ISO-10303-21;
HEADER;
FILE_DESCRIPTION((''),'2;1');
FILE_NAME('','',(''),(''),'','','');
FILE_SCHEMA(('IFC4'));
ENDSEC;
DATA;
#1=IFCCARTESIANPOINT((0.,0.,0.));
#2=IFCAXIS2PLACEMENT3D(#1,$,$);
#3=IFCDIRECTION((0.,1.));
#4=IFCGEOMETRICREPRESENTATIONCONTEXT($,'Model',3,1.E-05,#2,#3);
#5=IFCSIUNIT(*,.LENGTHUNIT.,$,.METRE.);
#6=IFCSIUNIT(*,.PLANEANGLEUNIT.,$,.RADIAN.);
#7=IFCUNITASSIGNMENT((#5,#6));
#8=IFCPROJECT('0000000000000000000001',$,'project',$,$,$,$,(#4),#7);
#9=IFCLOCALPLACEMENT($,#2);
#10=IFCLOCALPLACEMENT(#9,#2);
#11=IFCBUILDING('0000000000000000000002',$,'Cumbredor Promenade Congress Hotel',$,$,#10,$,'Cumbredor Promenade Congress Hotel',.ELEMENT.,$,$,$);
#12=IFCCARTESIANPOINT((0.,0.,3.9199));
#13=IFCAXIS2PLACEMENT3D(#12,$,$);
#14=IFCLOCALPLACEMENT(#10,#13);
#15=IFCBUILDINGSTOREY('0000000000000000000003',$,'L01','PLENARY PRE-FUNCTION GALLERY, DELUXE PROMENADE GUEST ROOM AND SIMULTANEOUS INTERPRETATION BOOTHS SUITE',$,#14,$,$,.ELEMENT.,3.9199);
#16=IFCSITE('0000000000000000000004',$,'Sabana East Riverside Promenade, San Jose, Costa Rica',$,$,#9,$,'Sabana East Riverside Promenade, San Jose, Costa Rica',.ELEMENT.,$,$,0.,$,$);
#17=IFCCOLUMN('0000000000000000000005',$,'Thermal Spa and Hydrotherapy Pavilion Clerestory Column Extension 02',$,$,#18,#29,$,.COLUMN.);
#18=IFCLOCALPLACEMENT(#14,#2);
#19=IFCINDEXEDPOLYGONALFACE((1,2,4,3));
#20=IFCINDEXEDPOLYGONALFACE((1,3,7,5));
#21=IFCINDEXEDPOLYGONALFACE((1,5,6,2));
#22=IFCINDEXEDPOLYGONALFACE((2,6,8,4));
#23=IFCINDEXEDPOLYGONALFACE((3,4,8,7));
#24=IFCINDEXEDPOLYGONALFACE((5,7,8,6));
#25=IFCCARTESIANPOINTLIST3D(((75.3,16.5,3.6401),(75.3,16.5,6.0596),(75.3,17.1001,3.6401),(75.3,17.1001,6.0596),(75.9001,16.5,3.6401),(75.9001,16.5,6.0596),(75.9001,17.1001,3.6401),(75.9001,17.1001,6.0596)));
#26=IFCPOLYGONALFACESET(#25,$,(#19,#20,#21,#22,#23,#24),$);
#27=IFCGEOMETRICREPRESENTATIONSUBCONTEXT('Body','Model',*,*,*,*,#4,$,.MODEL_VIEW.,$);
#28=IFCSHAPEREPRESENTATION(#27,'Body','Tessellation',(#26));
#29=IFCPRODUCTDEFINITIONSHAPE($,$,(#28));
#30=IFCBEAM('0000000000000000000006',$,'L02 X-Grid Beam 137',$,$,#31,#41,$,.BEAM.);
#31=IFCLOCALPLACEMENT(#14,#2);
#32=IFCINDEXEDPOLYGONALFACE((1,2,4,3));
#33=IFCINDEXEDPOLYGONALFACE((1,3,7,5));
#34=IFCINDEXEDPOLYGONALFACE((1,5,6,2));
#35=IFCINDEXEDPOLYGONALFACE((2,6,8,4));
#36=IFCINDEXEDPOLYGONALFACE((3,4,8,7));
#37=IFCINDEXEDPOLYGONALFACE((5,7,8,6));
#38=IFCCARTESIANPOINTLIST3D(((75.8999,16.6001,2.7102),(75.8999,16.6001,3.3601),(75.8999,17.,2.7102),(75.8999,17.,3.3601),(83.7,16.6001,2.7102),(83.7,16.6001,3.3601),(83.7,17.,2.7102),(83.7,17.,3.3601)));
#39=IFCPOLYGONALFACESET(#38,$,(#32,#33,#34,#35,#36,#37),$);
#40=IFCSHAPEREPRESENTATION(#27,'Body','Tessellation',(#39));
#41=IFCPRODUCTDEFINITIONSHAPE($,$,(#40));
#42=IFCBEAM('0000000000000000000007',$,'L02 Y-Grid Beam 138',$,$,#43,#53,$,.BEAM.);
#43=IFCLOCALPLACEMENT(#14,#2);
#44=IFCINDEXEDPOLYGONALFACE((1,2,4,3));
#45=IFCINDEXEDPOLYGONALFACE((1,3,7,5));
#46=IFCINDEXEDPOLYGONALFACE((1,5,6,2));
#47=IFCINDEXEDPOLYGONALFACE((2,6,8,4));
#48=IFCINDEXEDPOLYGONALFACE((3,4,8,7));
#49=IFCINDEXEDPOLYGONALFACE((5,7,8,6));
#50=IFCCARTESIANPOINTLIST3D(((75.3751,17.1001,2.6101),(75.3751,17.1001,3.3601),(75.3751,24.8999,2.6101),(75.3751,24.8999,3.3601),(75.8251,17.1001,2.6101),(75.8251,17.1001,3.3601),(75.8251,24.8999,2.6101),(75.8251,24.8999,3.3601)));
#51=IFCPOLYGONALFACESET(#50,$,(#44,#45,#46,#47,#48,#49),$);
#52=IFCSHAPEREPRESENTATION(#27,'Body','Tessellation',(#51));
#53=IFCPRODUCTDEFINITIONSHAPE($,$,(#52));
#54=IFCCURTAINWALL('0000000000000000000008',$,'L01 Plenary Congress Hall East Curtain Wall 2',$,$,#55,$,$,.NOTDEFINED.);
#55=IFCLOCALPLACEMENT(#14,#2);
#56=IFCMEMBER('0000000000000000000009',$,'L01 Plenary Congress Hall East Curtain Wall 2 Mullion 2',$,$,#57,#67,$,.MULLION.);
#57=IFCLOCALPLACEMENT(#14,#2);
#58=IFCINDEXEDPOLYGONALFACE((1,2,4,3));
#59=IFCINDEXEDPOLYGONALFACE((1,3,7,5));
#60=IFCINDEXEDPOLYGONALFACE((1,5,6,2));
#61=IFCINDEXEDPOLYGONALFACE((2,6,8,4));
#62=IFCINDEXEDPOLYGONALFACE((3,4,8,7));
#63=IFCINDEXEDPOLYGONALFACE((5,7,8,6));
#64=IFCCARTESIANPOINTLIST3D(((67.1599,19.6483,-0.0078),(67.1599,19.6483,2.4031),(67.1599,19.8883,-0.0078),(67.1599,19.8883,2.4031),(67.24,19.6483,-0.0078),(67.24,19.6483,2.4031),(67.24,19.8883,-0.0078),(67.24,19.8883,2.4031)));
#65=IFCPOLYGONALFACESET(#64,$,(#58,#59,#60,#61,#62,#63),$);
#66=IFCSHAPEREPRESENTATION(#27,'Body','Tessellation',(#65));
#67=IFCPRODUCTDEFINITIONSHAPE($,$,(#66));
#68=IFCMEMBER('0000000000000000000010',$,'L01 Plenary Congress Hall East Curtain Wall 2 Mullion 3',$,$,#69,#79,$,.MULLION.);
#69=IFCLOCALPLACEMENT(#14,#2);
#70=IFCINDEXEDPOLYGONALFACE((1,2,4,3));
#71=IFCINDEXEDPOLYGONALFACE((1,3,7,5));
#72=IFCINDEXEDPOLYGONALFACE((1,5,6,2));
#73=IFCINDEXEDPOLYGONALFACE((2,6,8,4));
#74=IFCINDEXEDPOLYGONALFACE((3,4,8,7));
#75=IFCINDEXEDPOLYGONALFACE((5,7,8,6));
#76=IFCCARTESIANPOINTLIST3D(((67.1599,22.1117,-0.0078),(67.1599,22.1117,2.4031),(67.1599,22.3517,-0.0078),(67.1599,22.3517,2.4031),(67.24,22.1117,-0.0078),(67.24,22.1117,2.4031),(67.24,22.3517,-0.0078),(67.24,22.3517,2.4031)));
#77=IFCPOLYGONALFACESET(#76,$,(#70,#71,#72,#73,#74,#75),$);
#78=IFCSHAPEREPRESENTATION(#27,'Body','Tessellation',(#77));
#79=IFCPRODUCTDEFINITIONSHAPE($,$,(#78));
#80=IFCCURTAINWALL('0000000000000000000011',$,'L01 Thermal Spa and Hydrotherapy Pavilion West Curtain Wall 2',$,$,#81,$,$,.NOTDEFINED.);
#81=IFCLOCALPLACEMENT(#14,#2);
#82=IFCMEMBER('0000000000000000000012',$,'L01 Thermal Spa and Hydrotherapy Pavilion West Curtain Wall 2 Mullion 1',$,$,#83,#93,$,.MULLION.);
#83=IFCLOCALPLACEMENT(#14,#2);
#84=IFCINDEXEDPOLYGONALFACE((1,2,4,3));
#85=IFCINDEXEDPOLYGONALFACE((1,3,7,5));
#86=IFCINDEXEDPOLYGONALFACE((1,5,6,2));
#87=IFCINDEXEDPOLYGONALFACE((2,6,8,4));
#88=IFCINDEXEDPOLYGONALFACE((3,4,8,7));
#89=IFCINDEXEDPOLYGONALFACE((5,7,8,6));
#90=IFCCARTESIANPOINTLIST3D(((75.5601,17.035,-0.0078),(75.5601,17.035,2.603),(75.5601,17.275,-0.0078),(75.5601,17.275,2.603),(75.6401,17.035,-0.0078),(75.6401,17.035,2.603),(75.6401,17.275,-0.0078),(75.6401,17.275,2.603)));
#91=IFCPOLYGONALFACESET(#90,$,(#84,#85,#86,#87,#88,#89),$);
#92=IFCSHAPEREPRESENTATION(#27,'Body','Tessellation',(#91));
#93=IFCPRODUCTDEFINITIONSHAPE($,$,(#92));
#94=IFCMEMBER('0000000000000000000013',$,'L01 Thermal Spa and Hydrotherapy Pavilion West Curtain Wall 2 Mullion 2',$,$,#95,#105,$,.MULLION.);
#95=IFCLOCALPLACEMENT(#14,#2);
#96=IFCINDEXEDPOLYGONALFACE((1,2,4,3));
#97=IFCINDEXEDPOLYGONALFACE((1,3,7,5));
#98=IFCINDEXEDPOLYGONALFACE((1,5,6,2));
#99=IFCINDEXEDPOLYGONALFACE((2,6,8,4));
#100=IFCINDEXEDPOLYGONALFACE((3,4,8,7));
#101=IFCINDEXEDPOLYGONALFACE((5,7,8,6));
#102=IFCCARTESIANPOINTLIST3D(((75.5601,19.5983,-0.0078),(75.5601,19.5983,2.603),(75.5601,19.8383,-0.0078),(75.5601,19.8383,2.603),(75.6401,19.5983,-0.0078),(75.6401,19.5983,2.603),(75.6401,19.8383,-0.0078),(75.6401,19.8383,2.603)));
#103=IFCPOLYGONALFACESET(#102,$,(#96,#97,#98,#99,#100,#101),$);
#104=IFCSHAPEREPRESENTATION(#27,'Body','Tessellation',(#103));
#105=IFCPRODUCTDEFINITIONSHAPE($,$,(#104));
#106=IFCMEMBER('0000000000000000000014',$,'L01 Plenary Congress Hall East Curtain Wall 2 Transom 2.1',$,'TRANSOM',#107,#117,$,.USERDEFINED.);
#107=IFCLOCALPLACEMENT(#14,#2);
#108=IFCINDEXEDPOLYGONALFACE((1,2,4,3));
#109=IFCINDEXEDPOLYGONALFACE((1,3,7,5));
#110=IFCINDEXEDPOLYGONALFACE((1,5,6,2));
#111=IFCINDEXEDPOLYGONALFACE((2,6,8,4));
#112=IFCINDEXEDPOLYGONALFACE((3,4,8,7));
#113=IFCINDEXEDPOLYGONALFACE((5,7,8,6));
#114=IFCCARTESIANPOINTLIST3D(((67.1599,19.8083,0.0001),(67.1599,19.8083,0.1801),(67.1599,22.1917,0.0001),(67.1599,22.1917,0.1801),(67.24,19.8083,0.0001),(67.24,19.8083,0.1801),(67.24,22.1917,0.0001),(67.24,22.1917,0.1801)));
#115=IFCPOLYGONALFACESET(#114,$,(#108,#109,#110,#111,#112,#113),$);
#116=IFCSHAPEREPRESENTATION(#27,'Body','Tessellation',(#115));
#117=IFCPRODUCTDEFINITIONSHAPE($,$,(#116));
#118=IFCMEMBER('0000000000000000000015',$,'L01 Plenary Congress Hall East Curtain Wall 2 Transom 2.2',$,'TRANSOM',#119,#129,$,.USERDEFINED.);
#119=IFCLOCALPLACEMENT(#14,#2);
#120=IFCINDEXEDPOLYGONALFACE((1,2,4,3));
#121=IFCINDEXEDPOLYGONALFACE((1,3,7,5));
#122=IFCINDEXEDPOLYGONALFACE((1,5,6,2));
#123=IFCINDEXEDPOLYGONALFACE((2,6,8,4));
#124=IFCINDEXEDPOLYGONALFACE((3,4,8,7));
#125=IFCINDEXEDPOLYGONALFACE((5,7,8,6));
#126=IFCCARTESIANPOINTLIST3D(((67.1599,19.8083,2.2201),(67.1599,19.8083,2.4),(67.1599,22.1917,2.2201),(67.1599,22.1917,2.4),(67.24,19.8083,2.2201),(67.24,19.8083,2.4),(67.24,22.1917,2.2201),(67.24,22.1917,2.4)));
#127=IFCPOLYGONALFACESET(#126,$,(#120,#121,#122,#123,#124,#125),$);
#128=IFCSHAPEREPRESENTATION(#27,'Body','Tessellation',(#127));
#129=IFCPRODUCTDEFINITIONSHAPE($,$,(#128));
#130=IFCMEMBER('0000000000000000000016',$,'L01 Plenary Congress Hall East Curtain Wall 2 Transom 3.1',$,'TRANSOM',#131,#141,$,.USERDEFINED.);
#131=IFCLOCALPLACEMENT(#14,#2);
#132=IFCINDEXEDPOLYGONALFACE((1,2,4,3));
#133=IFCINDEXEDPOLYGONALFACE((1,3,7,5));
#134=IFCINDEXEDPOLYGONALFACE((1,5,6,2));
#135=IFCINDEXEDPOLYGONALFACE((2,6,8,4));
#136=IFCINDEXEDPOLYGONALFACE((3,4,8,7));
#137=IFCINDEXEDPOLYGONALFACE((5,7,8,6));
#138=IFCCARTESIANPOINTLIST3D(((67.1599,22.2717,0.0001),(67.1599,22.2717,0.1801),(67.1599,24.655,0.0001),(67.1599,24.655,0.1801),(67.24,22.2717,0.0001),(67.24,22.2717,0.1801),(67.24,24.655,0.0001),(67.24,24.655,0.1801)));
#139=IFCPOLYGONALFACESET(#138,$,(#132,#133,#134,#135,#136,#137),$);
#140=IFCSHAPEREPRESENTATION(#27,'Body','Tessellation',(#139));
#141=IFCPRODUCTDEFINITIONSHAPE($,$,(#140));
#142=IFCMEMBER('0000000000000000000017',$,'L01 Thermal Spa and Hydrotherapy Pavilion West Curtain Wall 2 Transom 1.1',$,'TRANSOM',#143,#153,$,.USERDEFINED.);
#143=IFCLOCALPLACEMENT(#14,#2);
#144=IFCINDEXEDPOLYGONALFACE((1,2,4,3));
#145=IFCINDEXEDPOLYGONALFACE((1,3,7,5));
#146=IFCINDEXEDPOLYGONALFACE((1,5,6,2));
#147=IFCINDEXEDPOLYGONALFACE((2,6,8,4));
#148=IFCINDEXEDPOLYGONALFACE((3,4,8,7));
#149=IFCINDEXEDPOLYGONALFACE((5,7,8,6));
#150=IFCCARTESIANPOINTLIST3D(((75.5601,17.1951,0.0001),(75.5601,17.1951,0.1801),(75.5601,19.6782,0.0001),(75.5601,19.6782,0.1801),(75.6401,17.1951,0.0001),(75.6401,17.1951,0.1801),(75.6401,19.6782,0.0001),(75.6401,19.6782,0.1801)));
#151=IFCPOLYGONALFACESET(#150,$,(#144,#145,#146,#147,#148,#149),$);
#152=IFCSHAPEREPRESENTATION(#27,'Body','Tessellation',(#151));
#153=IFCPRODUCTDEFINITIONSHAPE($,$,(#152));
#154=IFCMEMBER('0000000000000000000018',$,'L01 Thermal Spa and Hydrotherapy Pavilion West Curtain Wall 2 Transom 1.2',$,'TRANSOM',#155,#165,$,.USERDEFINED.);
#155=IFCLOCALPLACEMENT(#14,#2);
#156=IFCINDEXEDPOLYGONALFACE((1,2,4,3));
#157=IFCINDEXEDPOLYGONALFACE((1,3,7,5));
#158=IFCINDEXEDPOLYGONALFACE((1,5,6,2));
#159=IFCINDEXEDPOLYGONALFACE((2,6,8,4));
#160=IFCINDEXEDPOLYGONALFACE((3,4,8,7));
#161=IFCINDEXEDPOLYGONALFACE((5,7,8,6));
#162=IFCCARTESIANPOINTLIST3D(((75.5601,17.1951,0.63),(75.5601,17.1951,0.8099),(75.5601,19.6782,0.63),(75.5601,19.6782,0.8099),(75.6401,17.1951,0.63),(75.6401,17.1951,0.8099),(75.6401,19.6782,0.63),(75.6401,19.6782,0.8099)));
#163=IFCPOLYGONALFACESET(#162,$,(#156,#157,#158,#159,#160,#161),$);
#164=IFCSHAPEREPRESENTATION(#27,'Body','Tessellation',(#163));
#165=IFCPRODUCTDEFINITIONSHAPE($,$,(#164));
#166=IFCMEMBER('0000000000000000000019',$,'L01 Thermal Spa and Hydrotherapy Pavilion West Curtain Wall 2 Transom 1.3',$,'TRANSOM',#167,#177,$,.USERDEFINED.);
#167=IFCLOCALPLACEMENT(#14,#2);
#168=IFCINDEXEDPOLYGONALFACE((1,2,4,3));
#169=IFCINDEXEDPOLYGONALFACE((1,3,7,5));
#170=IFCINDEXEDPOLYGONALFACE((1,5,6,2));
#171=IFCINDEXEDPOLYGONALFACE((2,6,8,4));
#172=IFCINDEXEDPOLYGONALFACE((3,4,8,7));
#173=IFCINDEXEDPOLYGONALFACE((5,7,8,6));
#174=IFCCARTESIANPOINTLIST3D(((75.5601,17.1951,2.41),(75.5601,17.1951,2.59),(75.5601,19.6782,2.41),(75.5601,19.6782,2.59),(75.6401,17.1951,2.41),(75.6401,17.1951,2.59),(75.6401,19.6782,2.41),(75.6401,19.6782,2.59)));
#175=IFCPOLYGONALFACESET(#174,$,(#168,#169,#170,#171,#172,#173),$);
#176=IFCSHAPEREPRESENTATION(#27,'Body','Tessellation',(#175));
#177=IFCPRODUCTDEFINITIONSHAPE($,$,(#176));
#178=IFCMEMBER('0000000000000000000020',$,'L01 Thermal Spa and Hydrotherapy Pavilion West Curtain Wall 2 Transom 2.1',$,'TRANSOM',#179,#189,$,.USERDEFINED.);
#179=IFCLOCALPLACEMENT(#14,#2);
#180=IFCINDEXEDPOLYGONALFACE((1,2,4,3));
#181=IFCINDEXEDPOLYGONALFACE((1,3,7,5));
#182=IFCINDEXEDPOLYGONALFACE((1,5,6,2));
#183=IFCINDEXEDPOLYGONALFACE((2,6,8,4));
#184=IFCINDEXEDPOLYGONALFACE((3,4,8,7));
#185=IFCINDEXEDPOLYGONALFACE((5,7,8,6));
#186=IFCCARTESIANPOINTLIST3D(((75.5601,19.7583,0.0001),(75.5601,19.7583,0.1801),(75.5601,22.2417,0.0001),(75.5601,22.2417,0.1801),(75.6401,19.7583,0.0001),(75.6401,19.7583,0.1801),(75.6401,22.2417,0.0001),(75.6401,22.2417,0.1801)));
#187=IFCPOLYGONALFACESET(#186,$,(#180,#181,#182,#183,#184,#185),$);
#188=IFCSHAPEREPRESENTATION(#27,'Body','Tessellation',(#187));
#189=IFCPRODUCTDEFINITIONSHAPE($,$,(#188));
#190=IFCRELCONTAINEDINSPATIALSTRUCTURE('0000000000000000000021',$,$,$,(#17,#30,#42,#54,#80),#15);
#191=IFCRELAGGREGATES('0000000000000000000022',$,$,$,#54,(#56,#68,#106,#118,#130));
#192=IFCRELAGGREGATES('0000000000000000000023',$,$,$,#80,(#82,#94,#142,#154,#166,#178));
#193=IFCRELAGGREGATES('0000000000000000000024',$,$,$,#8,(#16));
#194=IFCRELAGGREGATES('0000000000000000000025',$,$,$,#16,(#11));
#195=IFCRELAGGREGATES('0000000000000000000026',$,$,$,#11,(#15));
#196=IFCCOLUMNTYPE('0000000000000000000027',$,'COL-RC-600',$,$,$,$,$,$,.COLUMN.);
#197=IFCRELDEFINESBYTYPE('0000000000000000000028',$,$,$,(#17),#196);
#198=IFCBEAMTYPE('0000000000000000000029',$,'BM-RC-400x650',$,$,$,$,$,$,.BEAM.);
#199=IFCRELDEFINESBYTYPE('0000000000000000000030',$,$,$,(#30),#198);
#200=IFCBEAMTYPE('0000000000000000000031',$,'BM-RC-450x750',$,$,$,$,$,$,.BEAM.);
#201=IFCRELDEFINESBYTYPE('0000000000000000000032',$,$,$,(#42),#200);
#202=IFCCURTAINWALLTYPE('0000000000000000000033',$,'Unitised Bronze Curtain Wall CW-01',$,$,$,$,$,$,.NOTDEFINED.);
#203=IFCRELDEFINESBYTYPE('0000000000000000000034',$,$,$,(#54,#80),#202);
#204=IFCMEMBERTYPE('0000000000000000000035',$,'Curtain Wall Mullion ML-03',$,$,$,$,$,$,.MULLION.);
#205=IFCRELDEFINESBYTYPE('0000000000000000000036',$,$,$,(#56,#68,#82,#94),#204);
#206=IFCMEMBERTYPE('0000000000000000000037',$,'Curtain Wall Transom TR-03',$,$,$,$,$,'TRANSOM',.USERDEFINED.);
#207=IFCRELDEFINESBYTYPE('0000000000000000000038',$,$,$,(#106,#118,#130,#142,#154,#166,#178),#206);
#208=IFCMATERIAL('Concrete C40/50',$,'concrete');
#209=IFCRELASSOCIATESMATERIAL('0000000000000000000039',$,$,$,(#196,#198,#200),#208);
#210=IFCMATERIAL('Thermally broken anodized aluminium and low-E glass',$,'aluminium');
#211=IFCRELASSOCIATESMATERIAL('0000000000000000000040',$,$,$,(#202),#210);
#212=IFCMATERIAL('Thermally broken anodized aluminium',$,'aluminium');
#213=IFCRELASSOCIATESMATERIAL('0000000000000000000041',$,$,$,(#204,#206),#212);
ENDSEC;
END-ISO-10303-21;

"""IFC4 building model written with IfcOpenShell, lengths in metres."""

from ifc_helpers import new_model, si_unit, direction, frame, origin, origin_2d, place, context, subcontext, project, spatial, rectangle, extrude, material, material_profile, profile_set, type_object, element, aggregate, save


model = new_model("IFC4")

# Units and contexts
model_context = context("Model", 3, precision=1e-05, world=origin(), true_north=direction((0.0, 1.0)))
body_context = subcontext(model_context, "Body", "Model", "MODEL_VIEW")
ifc_project = project(units=[si_unit("LENGTHUNIT", "METRE"), si_unit("PLANEANGLEUNIT", "RADIAN")], contexts=[model_context])

# Site, building, storey
site_placement = place(None, origin())
site = spatial("IfcSite", under=ifc_project, at=site_placement, Name="Sabana East Riverside Promenade, San Jose, Costa Rica", LongName="Sabana East Riverside Promenade, San Jose, Costa Rica", CompositionType="ELEMENT", RefElevation=0.0)
building_placement = place(site_placement, origin())
building = spatial("IfcBuilding", under=site, at=building_placement, Name="Cumbredor Promenade Congress Hotel", LongName="Cumbredor Promenade Congress Hotel", CompositionType="ELEMENT")
storey_placement = place(building_placement, frame((0.0, 0.0, 3.9199)))
storey = spatial("IfcBuildingStorey", under=building, at=storey_placement, Name="L01", Description="PLENARY PRE-FUNCTION GALLERY, DELUXE PROMENADE GUEST ROOM AND SIMULTANEOUS INTERPRETATION BOOTHS SUITE", CompositionType="ELEMENT", Elevation=3.9199)

# Column
ifc_material_1 = material(Name="Concrete C40/50", Category="concrete")
ifc_material_profile_1 = material_profile(ifc_material_1, rectangle(XDim=0.6001, YDim=0.6001, at=origin_2d()), Name="RC 600x600")
ifc_profile_set_1 = profile_set([ifc_material_profile_1], Name="Concrete C40/50")
column_type = type_object("IfcColumnType", Name="COL-RC-600", PredefinedType="COLUMN", material=ifc_profile_set_1)
column_placement = place(storey_placement, frame((75.6001, 16.8, 3.6401), z_axis=(0.0, 0.0, 1.0), x_axis=(1.0, 0.0, 0.0)))
element("IfcColumn", 1, at=column_placement, inside=storey, type_object=column_type, Name="Thermal Spa and Hydrotherapy Pavilion Clerestory Column Extension 02", PredefinedType="COLUMN", context=body_context, shape_type="SweptSolid", body=[
    extrude(rectangle(XDim=0.6001, YDim=0.6001, at=origin_2d()), origin(), (0.0, 0.0, 1.0), 2.4194),
])

# Beams
ifc_material_profile_2 = material_profile(ifc_material_1, rectangle(XDim=0.3999, YDim=0.6499, at=origin_2d()), Name="RC BEAM 400x650")
ifc_profile_set_2 = profile_set([ifc_material_profile_2], Name="Concrete C40/50")
beam_type_1 = type_object("IfcBeamType", Name="BM-RC-400x650", PredefinedType="BEAM", material=ifc_profile_set_2)
beam_1_placement = place(storey_placement, frame((75.8999, 16.8, 3.0352), z_axis=(1.0, 0.0, 0.0), x_axis=(0.0, 1.0, 0.0)))
element("IfcBeam", 2, at=beam_1_placement, inside=storey, type_object=beam_type_1, Name="L02 X-Grid Beam 137", PredefinedType="BEAM", context=body_context, shape_type="SweptSolid", body=[
    extrude(rectangle(XDim=0.3999, YDim=0.6499, at=origin_2d()), origin(), (0.0, 0.0, 1.0), 7.8),
])
ifc_material_profile_3 = material_profile(ifc_material_1, rectangle(XDim=0.45, YDim=0.75, at=origin_2d()), Name="RC BEAM 450x750")
ifc_profile_set_3 = profile_set([ifc_material_profile_3], Name="Concrete C40/50")
beam_type_2 = type_object("IfcBeamType", Name="BM-RC-450x750", PredefinedType="BEAM", material=ifc_profile_set_3)
beam_2_placement = place(storey_placement, frame((75.6001, 17.1001, 2.9851), z_axis=(0.0, 1.0, 0.0), x_axis=(-1.0, 0.0, 0.0)))
element("IfcBeam", 3, at=beam_2_placement, inside=storey, type_object=beam_type_2, Name="L02 Y-Grid Beam 138", PredefinedType="BEAM", context=body_context, shape_type="SweptSolid", body=[
    extrude(rectangle(XDim=0.45, YDim=0.75, at=origin_2d()), origin(), (0.0, 0.0, 1.0), 7.7998),
])

# Curtain walls, members
ifc_material_2 = material(Name="Thermally broken anodized aluminium and low-E glass", Category="aluminium")
curtain_wall_type = type_object("IfcCurtainWallType", Name="Unitised Bronze Curtain Wall CW-01", PredefinedType="NOTDEFINED", material=ifc_material_2)
curtain_wall_1_placement = place(storey_placement, origin())
curtain_wall_1 = element("IfcCurtainWall", 4, at=curtain_wall_1_placement, inside=storey, type_object=curtain_wall_type, Name="L01 Plenary Congress Hall East Curtain Wall 2", PredefinedType="NOTDEFINED")
ifc_material_3 = material(Name="Thermally broken anodized aluminium", Category="aluminium")
ifc_material_profile_4 = material_profile(ifc_material_3, rectangle(XDim=0.0801, YDim=0.24, at=origin_2d()), Name="ALU MULLION 80x240")
ifc_profile_set_4 = profile_set([ifc_material_profile_4], Name="Thermally broken anodized aluminium")
member_type_1 = type_object("IfcMemberType", Name="Curtain Wall Mullion ML-03", PredefinedType="MULLION", material=ifc_profile_set_4)
member_1_placement = place(storey_placement, frame((67.2, 19.7683, -0.0078), z_axis=(0.0, 0.0, 1.0), x_axis=(1.0, 0.0, 0.0)))
member_1 = element("IfcMember", 5, at=member_1_placement, type_object=member_type_1, Name="L01 Plenary Congress Hall East Curtain Wall 2 Mullion 2", PredefinedType="MULLION", context=body_context, shape_type="SweptSolid", body=[
    extrude(rectangle(XDim=0.0801, YDim=0.24, at=origin_2d()), origin(), (0.0, 0.0, 1.0), 2.4109),
])
member_2_placement = place(storey_placement, frame((67.2, 22.2317, -0.0078), z_axis=(0.0, 0.0, 1.0), x_axis=(1.0, 0.0, 0.0)))
member_2 = element("IfcMember", 6, at=member_2_placement, type_object=member_type_1, Name="L01 Plenary Congress Hall East Curtain Wall 2 Mullion 3", PredefinedType="MULLION", context=body_context, shape_type="SweptSolid", body=[
    extrude(rectangle(XDim=0.0801, YDim=0.24, at=origin_2d()), origin(), (0.0, 0.0, 1.0), 2.4109),
])
curtain_wall_2_placement = place(storey_placement, origin())
curtain_wall_2 = element("IfcCurtainWall", 7, at=curtain_wall_2_placement, inside=storey, type_object=curtain_wall_type, Name="L01 Thermal Spa and Hydrotherapy Pavilion West Curtain Wall 2", PredefinedType="NOTDEFINED")
member_3_placement = place(storey_placement, frame((75.6001, 17.155, -0.0078), z_axis=(0.0, 0.0, 1.0), x_axis=(1.0, 0.0, 0.0)))
member_3 = element("IfcMember", 8, at=member_3_placement, type_object=member_type_1, Name="L01 Thermal Spa and Hydrotherapy Pavilion West Curtain Wall 2 Mullion 1", PredefinedType="MULLION", context=body_context, shape_type="SweptSolid", body=[
    extrude(rectangle(XDim=0.0801, YDim=0.24, at=origin_2d()), origin(), (0.0, 0.0, 1.0), 2.6108),
])
member_4_placement = place(storey_placement, frame((75.6001, 19.7183, -0.0078), z_axis=(0.0, 0.0, 1.0), x_axis=(1.0, 0.0, 0.0)))
member_4 = element("IfcMember", 9, at=member_4_placement, type_object=member_type_1, Name="L01 Thermal Spa and Hydrotherapy Pavilion West Curtain Wall 2 Mullion 2", PredefinedType="MULLION", context=body_context, shape_type="SweptSolid", body=[
    extrude(rectangle(XDim=0.0801, YDim=0.24, at=origin_2d()), origin(), (0.0, 0.0, 1.0), 2.6108),
])

# Members
ifc_material_profile_5 = material_profile(ifc_material_3, rectangle(XDim=0.0801, YDim=0.1799, at=origin_2d()), Name="ALU TRANSOM 80x180")
ifc_profile_set_5 = profile_set([ifc_material_profile_5], Name="Thermally broken anodized aluminium")
member_type_2 = type_object("IfcMemberType", Name="Curtain Wall Transom TR-03", ElementType="TRANSOM", PredefinedType="USERDEFINED", material=ifc_profile_set_5)
member_5_placement = place(storey_placement, frame((67.2, 19.8083, 0.0901), z_axis=(0.0, 1.0, 0.0), x_axis=(-1.0, 0.0, 0.0)))
member_5 = element("IfcMember", 10, at=member_5_placement, type_object=member_type_2, Name="L01 Plenary Congress Hall East Curtain Wall 2 Transom 2.1", ObjectType="TRANSOM", PredefinedType="USERDEFINED", context=body_context, shape_type="SweptSolid", body=[
    extrude(rectangle(XDim=0.0801, YDim=0.1799, at=origin_2d()), origin(), (0.0, 0.0, 1.0), 2.3833),
])
member_6_placement = place(storey_placement, frame((67.2, 19.8083, 2.3101), z_axis=(0.0, 1.0, 0.0), x_axis=(-1.0, 0.0, 0.0)))
member_6 = element("IfcMember", 11, at=member_6_placement, type_object=member_type_2, Name="L01 Plenary Congress Hall East Curtain Wall 2 Transom 2.2", ObjectType="TRANSOM", PredefinedType="USERDEFINED", context=body_context, shape_type="SweptSolid", body=[
    extrude(rectangle(XDim=0.0801, YDim=0.1799, at=origin_2d()), origin(), (0.0, 0.0, 1.0), 2.3833),
])
member_7_placement = place(storey_placement, frame((67.2, 22.2717, 0.0901), z_axis=(0.0, 1.0, 0.0), x_axis=(-1.0, 0.0, 0.0)))
member_7 = element("IfcMember", 12, at=member_7_placement, type_object=member_type_2, Name="L01 Plenary Congress Hall East Curtain Wall 2 Transom 3.1", ObjectType="TRANSOM", PredefinedType="USERDEFINED", context=body_context, shape_type="SweptSolid", body=[
    extrude(rectangle(XDim=0.0801, YDim=0.1799, at=origin_2d()), origin(), (0.0, 0.0, 1.0), 2.3833),
])
member_8_placement = place(storey_placement, frame((75.6001, 17.1951, 0.0901), z_axis=(0.0, 1.0, 0.0), x_axis=(-1.0, 0.0, 0.0)))
member_8 = element("IfcMember", 13, at=member_8_placement, type_object=member_type_2, Name="L01 Thermal Spa and Hydrotherapy Pavilion West Curtain Wall 2 Transom 1.1", ObjectType="TRANSOM", PredefinedType="USERDEFINED", context=body_context, shape_type="SweptSolid", body=[
    extrude(rectangle(XDim=0.0801, YDim=0.1799, at=origin_2d()), origin(), (0.0, 0.0, 1.0), 2.4832),
])
member_9_placement = place(storey_placement, frame((75.6001, 17.1951, 0.72), z_axis=(0.0, 1.0, 0.0), x_axis=(-1.0, 0.0, 0.0)))
member_9 = element("IfcMember", 14, at=member_9_placement, type_object=member_type_2, Name="L01 Thermal Spa and Hydrotherapy Pavilion West Curtain Wall 2 Transom 1.2", ObjectType="TRANSOM", PredefinedType="USERDEFINED", context=body_context, shape_type="SweptSolid", body=[
    extrude(rectangle(XDim=0.0801, YDim=0.1799, at=origin_2d()), origin(), (0.0, 0.0, 1.0), 2.4832),
])
member_10_placement = place(storey_placement, frame((75.6001, 17.1951, 2.5), z_axis=(0.0, 1.0, 0.0), x_axis=(-1.0, 0.0, 0.0)))
member_10 = element("IfcMember", 15, at=member_10_placement, type_object=member_type_2, Name="L01 Thermal Spa and Hydrotherapy Pavilion West Curtain Wall 2 Transom 1.3", ObjectType="TRANSOM", PredefinedType="USERDEFINED", context=body_context, shape_type="SweptSolid", body=[
    extrude(rectangle(XDim=0.0801, YDim=0.1799, at=origin_2d()), origin(), (0.0, 0.0, 1.0), 2.4832),
])
member_11_placement = place(storey_placement, frame((75.6001, 19.7583, 0.0901), z_axis=(0.0, 1.0, 0.0), x_axis=(-1.0, 0.0, 0.0)))
member_11 = element("IfcMember", 16, at=member_11_placement, type_object=member_type_2, Name="L01 Thermal Spa and Hydrotherapy Pavilion West Curtain Wall 2 Transom 2.1", ObjectType="TRANSOM", PredefinedType="USERDEFINED", context=body_context, shape_type="SweptSolid", body=[
    extrude(rectangle(XDim=0.0801, YDim=0.1799, at=origin_2d()), origin(), (0.0, 0.0, 1.0), 2.4834),
])

aggregate(curtain_wall_1, [member_1, member_2, member_5, member_6, member_7])
aggregate(curtain_wall_2, [member_3, member_4, member_8, member_9, member_10, member_11])

save(model, "model.ifc")
